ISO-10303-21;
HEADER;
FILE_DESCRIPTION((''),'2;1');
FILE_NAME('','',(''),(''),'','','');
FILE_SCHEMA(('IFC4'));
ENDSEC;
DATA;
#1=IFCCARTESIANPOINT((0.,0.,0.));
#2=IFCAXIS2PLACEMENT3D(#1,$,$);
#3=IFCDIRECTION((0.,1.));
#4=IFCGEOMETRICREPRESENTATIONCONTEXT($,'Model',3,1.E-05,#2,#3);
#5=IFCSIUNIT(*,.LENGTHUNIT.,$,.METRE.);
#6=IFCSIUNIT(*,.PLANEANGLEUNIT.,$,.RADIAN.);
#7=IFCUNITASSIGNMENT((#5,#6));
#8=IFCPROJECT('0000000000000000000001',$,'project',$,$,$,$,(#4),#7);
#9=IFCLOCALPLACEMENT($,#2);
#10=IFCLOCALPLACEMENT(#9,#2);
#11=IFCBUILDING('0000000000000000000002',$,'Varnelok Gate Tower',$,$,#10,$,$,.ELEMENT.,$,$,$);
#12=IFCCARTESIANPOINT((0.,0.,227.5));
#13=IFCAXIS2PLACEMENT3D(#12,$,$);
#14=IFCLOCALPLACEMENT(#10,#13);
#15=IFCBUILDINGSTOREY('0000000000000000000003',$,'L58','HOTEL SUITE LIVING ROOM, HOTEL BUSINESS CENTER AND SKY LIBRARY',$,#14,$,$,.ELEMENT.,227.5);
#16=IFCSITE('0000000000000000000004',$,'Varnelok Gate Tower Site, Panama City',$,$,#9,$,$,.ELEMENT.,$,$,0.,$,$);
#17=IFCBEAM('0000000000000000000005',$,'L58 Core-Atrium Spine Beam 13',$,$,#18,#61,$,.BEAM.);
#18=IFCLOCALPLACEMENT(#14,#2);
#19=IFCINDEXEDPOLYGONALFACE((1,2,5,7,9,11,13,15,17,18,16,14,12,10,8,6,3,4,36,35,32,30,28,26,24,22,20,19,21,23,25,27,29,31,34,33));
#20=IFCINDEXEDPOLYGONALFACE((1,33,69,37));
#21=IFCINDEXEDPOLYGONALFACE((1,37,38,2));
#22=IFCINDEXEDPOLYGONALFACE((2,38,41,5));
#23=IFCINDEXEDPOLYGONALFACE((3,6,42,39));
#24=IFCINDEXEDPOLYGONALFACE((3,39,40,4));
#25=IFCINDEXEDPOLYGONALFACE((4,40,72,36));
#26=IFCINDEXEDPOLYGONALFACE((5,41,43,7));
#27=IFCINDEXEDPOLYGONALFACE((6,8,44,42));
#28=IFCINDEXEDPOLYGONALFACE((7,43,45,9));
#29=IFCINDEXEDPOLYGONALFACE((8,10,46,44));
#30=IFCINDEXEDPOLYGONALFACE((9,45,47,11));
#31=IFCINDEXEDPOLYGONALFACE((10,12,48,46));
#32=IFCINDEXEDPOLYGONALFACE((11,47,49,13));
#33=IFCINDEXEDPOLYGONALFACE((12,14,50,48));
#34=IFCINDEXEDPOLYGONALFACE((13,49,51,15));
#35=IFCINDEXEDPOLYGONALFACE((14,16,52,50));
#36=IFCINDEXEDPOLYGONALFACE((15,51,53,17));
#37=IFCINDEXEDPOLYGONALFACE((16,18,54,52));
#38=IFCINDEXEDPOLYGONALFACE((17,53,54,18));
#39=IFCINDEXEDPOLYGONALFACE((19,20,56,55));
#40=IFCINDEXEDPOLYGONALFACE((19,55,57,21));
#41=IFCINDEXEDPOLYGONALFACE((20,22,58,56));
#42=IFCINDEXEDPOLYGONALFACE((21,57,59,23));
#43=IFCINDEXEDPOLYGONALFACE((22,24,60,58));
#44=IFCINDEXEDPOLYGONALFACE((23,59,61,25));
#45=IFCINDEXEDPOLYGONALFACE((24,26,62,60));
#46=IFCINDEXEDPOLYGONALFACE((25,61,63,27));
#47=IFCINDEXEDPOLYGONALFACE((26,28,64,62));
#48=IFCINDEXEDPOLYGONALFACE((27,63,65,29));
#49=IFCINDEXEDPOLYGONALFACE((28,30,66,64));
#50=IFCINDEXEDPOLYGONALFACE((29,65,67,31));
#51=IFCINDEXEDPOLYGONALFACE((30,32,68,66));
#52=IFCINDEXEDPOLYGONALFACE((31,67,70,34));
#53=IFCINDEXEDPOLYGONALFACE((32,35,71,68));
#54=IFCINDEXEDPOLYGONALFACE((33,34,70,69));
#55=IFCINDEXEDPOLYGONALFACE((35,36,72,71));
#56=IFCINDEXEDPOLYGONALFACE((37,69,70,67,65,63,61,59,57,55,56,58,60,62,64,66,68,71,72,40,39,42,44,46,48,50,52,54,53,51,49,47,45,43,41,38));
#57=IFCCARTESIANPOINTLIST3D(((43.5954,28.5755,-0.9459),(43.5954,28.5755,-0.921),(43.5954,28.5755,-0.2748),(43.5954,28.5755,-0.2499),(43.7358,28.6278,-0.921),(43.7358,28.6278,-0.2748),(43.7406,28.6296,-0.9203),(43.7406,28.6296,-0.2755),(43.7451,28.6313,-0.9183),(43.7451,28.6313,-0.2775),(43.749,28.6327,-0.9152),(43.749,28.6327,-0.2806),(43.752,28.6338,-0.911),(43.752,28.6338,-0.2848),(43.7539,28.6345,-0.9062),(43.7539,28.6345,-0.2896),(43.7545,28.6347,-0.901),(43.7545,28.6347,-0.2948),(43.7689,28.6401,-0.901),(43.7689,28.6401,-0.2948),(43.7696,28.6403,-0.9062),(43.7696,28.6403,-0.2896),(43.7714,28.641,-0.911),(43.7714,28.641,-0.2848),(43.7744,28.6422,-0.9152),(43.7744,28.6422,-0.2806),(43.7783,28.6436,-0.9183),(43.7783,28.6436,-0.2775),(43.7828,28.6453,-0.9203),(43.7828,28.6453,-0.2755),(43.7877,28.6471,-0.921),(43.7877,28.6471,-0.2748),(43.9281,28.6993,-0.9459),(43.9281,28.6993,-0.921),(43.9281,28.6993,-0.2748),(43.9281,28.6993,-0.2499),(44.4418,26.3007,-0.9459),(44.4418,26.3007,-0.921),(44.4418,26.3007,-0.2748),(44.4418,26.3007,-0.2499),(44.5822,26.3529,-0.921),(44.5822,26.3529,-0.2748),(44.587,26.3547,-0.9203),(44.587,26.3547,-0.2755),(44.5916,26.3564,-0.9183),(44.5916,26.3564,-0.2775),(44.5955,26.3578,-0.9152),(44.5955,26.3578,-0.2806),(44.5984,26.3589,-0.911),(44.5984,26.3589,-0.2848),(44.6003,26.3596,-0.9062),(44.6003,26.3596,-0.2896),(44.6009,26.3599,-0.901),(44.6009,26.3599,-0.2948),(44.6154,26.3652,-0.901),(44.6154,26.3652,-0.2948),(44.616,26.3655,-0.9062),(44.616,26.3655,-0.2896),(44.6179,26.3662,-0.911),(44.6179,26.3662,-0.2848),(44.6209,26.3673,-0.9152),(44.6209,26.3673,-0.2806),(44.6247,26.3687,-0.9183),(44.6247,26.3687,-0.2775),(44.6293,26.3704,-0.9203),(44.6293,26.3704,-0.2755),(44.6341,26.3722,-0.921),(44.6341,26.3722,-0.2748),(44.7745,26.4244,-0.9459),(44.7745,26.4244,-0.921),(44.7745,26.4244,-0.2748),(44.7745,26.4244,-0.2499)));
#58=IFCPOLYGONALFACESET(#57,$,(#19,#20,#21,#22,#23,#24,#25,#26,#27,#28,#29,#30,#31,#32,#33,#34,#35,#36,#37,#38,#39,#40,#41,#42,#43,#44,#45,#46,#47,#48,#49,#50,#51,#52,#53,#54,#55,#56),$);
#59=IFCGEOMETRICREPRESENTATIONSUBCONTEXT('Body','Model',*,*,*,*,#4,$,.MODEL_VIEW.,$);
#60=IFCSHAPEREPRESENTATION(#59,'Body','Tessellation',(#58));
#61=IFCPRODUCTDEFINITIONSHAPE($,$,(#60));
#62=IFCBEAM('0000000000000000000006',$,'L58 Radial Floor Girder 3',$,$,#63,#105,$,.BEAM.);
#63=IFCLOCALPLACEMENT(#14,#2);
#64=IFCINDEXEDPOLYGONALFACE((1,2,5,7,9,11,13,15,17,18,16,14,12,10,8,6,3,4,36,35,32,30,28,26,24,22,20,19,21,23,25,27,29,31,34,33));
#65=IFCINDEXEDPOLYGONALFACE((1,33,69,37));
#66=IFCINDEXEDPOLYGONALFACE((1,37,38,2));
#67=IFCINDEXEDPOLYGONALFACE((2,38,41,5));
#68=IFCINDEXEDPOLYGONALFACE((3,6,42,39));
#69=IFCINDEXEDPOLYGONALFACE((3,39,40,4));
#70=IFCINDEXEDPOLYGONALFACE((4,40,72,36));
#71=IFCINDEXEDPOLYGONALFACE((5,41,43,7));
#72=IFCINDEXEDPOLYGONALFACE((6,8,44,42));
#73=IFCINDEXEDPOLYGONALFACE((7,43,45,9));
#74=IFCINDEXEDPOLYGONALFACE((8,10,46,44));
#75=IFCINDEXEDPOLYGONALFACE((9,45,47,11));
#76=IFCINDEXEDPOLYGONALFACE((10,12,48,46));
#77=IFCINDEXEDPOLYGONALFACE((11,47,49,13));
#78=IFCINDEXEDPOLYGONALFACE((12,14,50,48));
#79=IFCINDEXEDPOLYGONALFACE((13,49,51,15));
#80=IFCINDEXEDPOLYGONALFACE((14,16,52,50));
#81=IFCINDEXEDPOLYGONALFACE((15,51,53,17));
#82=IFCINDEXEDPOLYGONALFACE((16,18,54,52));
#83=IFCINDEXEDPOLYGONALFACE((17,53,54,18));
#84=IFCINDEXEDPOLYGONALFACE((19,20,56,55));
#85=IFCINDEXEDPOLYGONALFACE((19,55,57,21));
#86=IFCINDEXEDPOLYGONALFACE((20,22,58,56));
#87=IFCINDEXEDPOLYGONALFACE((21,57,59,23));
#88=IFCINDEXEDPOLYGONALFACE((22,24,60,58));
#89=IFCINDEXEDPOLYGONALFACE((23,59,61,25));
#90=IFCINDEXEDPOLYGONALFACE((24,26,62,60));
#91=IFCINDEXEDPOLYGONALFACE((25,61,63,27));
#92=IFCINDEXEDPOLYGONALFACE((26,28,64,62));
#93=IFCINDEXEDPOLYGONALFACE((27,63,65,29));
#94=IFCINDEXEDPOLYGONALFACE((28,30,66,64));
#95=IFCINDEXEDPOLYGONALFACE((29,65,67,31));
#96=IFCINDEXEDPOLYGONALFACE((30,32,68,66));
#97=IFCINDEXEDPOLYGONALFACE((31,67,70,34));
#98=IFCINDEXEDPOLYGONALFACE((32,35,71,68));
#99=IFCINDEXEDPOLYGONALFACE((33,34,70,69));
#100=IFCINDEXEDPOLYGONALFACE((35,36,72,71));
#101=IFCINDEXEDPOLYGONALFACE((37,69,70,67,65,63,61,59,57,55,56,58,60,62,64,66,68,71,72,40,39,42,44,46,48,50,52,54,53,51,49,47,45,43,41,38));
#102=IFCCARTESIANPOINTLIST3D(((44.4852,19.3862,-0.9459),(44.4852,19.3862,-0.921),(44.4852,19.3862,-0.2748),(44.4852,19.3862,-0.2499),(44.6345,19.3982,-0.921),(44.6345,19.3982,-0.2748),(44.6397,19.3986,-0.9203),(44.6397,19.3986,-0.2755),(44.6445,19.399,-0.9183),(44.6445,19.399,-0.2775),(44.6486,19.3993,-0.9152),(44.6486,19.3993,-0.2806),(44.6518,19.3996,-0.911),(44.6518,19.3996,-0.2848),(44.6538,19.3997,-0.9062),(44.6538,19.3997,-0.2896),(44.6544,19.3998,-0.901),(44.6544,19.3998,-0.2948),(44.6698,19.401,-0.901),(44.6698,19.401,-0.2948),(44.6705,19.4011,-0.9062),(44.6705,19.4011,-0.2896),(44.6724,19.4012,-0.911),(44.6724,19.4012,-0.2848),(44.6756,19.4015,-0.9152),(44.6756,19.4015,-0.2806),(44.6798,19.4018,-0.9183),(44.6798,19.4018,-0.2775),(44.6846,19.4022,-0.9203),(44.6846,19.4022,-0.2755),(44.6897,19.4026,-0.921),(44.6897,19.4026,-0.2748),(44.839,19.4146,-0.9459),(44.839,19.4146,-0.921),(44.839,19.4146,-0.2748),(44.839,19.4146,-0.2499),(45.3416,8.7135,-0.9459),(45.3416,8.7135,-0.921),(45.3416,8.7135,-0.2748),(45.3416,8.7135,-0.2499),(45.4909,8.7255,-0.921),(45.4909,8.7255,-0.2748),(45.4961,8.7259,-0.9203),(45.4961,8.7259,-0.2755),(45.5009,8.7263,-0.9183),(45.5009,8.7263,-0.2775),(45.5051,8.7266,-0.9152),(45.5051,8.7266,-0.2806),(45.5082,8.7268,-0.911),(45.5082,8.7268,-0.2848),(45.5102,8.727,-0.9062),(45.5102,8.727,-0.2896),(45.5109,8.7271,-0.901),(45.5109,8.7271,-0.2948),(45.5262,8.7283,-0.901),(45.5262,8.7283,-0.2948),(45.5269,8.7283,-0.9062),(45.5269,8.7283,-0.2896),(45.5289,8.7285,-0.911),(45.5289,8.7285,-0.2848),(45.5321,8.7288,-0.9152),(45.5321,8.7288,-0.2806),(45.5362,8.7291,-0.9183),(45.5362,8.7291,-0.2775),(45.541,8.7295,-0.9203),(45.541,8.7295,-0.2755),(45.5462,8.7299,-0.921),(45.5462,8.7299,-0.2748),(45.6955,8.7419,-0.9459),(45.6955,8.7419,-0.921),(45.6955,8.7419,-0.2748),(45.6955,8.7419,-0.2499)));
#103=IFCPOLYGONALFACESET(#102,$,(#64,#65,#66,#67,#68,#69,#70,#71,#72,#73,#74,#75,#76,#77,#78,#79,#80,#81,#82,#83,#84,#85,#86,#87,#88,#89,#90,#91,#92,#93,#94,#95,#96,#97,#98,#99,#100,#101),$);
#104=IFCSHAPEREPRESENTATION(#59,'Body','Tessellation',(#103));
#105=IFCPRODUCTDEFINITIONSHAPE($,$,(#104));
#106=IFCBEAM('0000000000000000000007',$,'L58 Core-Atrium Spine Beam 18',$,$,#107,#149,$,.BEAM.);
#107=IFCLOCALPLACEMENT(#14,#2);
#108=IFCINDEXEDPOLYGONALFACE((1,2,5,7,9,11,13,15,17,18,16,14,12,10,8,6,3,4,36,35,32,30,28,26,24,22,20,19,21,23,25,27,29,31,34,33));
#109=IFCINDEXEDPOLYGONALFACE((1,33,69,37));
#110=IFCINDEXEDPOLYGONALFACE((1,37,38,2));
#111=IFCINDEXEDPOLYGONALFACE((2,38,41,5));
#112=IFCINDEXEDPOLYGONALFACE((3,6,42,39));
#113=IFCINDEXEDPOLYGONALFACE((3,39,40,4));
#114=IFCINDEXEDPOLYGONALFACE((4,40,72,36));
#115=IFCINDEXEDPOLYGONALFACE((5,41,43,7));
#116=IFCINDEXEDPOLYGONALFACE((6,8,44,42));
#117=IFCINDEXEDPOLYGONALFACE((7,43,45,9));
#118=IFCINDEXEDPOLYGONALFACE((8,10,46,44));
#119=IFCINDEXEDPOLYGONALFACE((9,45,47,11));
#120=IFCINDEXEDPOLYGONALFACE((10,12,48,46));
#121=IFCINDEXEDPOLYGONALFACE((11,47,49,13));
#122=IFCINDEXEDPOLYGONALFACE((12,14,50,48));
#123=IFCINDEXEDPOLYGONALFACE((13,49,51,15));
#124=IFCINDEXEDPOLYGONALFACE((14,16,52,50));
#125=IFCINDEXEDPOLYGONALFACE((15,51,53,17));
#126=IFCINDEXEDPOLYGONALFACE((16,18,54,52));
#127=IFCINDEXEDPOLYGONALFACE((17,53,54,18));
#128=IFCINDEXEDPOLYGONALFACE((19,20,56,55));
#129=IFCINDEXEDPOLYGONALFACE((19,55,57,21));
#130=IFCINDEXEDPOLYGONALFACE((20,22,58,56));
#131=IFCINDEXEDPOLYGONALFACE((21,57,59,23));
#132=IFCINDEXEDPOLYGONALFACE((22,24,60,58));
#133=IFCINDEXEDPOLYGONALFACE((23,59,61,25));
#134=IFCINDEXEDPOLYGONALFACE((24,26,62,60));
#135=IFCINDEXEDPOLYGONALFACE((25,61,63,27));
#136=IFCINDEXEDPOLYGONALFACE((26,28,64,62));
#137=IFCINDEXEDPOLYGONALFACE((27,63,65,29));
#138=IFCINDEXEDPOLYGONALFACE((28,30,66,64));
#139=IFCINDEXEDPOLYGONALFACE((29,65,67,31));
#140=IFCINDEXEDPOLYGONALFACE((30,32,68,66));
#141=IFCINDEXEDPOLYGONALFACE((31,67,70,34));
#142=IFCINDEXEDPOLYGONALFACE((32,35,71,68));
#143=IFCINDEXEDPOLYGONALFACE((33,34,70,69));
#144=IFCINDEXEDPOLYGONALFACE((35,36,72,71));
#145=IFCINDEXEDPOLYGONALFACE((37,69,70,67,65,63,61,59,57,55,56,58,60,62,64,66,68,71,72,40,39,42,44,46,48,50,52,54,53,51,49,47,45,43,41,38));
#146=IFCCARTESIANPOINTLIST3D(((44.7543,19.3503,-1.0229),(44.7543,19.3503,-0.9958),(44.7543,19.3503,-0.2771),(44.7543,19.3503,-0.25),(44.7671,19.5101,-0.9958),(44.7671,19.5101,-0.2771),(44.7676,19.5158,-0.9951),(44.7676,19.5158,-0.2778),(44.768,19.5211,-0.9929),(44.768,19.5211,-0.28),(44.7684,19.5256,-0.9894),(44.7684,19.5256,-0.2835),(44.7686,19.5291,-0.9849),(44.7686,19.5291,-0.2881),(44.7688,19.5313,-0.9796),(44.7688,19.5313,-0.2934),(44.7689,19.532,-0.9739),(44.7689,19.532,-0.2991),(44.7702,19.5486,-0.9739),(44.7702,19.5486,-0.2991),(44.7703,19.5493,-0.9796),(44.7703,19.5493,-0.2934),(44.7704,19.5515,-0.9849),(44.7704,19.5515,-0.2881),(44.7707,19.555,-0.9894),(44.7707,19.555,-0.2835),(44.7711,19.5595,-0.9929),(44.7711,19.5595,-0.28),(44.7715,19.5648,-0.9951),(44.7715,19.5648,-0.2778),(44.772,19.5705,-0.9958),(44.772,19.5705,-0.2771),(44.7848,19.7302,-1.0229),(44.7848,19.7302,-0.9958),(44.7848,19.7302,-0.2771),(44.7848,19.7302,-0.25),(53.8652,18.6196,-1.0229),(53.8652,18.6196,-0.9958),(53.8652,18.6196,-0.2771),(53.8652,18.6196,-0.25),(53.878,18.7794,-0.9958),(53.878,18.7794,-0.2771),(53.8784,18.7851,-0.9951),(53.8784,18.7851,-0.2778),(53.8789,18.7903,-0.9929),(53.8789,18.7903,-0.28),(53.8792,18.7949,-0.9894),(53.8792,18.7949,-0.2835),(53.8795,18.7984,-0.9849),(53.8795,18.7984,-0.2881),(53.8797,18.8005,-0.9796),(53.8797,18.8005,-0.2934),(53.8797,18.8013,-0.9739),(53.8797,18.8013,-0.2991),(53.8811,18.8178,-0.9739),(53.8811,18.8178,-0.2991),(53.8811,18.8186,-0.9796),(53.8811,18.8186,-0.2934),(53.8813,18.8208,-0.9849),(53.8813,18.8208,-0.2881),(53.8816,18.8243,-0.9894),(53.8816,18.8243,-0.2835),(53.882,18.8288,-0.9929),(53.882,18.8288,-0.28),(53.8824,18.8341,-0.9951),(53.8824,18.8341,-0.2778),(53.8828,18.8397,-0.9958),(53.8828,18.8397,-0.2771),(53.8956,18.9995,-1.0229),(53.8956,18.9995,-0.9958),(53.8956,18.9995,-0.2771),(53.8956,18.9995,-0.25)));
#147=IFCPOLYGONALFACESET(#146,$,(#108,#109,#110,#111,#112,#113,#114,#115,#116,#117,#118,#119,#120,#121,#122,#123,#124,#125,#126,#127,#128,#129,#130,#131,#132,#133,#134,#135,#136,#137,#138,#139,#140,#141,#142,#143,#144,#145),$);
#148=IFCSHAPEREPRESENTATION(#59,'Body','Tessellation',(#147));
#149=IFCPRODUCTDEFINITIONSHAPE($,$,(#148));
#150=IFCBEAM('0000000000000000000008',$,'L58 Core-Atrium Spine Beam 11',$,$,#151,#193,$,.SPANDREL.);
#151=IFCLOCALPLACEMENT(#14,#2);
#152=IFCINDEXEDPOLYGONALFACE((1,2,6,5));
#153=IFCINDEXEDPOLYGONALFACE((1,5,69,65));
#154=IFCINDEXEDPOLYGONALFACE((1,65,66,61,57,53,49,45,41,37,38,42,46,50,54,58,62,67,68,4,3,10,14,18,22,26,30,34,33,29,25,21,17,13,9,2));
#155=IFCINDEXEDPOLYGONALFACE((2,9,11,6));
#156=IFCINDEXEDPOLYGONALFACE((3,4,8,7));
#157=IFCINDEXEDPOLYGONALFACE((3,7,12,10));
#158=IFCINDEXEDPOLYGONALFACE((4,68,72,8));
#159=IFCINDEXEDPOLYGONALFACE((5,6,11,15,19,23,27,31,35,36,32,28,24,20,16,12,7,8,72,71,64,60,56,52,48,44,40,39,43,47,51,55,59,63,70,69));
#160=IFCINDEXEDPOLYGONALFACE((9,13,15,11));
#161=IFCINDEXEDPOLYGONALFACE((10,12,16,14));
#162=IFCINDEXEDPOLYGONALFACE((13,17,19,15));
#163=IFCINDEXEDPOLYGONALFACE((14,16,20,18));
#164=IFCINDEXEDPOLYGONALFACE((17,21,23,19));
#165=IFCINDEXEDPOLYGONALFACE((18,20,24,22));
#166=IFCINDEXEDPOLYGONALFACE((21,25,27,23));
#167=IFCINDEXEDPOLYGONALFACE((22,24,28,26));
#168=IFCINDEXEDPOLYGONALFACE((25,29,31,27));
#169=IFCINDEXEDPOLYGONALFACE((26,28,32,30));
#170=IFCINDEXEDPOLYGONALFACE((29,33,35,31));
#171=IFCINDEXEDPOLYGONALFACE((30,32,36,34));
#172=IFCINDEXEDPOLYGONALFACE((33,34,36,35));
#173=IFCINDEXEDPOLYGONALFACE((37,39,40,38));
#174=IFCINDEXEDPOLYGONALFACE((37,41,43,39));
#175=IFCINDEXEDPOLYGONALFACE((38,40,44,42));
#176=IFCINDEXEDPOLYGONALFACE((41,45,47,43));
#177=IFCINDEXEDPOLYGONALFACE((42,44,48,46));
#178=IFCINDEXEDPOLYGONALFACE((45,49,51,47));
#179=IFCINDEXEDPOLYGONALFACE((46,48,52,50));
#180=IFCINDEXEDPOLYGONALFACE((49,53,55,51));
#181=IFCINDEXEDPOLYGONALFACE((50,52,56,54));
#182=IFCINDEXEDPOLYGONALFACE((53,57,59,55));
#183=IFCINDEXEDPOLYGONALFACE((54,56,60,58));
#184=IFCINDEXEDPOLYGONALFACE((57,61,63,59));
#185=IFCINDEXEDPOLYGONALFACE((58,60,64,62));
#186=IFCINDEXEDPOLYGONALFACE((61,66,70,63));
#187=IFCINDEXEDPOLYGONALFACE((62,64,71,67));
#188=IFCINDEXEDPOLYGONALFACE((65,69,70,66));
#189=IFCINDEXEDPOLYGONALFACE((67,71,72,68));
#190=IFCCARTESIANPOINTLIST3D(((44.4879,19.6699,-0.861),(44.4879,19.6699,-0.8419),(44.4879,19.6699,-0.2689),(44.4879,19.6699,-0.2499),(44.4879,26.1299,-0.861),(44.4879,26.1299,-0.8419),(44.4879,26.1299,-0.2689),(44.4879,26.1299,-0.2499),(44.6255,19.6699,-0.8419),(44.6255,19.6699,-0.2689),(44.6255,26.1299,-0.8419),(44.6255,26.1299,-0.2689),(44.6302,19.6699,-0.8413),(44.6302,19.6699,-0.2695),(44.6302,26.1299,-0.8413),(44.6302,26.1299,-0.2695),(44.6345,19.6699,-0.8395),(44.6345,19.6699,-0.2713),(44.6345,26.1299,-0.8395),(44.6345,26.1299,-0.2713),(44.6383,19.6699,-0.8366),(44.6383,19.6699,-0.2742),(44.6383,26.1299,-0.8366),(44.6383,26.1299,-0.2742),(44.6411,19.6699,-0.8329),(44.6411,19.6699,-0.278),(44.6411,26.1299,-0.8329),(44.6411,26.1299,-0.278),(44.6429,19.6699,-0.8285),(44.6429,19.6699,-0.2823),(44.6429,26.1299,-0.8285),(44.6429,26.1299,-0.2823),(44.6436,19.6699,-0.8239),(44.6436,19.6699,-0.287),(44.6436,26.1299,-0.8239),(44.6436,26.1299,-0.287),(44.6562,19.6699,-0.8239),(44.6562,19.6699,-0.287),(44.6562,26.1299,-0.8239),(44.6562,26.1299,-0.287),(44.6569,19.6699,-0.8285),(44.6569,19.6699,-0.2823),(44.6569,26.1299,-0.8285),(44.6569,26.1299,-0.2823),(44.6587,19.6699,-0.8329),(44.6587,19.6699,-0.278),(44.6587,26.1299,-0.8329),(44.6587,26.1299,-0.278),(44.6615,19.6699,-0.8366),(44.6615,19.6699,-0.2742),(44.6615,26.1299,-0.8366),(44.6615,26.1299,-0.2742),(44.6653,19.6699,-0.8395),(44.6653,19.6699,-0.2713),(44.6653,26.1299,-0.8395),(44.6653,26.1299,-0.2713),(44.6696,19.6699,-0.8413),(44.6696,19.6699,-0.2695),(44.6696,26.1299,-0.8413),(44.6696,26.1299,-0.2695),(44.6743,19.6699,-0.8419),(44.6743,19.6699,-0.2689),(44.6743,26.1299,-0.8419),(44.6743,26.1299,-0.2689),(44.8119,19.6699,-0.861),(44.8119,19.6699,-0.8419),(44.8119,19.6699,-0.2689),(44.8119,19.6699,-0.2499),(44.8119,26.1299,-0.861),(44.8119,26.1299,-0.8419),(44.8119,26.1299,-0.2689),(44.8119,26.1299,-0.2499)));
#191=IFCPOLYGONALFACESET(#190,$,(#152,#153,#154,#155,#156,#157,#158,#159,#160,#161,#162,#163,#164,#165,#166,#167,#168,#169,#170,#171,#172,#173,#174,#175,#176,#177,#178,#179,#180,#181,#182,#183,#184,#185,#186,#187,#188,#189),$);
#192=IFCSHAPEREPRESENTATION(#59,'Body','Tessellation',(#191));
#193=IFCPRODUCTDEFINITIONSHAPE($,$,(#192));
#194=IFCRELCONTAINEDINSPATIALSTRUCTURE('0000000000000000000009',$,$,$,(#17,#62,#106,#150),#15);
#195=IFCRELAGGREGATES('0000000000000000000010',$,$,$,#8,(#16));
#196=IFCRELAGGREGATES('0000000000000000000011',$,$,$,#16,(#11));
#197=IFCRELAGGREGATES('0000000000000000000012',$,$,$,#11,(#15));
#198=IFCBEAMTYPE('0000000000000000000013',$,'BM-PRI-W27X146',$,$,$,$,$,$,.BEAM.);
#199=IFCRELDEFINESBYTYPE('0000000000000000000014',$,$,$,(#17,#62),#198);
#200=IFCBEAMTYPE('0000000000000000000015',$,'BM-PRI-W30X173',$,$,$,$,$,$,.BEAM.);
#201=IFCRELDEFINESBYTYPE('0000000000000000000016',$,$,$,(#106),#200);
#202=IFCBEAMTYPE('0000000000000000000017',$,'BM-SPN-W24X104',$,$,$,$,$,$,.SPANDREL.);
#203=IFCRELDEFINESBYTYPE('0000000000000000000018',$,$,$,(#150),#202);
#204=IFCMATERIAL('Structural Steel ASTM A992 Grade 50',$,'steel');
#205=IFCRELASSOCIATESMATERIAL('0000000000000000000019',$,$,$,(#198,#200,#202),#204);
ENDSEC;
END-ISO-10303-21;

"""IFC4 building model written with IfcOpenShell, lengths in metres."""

from ifc_helpers import new_model, si_unit, direction, frame, origin, origin_2d, place, context, subcontext, project, spatial, i_section, extrude, material, material_profile, profile_set, type_object, element, save


model = new_model("IFC4")

# Units and contexts
model_context = context("Model", 3, precision=1e-05, world=origin(), true_north=direction((0.0, 1.0)))
body_context = subcontext(model_context, "Body", "Model", "MODEL_VIEW")
ifc_project = project(units=[si_unit("LENGTHUNIT", "METRE"), si_unit("PLANEANGLEUNIT", "RADIAN")], contexts=[model_context])

# Site, building, storey
site_placement = place(None, origin())
site = spatial("IfcSite", under=ifc_project, at=site_placement, Name="Varnelok Gate Tower Site, Panama City", CompositionType="ELEMENT", RefElevation=0.0)
building_placement = place(site_placement, origin())
building = spatial("IfcBuilding", under=site, at=building_placement, Name="Varnelok Gate Tower", CompositionType="ELEMENT")
storey_placement = place(building_placement, frame((0.0, 0.0, 227.5)))
storey = spatial("IfcBuildingStorey", under=building, at=storey_placement, Name="L58", Description="HOTEL SUITE LIVING ROOM, HOTEL BUSINESS CENTER AND SKY LIBRARY", CompositionType="ELEMENT", Elevation=227.5)

# Shared definitions
ifc_material_1 = material(Name="Structural Steel ASTM A992 Grade 50", Category="steel")

# Beams
ifc_material_profile_1 = material_profile(ifc_material_1, i_section(OverallWidth=0.355, OverallDepth=0.696, WebThickness=0.0154, FlangeThickness=0.0249, FilletRadius=0.02, at=origin_2d()), Name="W27X146")
ifc_profile_set_1 = profile_set([ifc_material_profile_1], Name="Structural Steel ASTM A992 Grade 50")
beam_type_1 = type_object("IfcBeamType", Name="BM-PRI-W27X146", PredefinedType="BEAM", material=ifc_profile_set_1)
beam_1_placement = place(storey_placement, frame((44.6082, 26.3625, -0.5979), z_axis=(-0.348719, 0.937227, 0.0), x_axis=(-0.937227, -0.348719, 0.0)))
element("IfcBeam", 1, at=beam_1_placement, inside=storey, type_object=beam_type_1, Name="L58 Core-Atrium Spine Beam 13", PredefinedType="BEAM", context=body_context, shape_type="SweptSolid", body=[
    extrude(i_section(OverallWidth=0.355, OverallDepth=0.696, WebThickness=0.0154, FlangeThickness=0.0249, FilletRadius=0.02, at=origin_2d()), origin(), (0.0, 0.0, 1.0), 2.4272),
])
beam_2_placement = place(storey_placement, frame((44.6621, 19.4004, -0.5979), z_axis=(0.07999, -0.996796, 0.0), x_axis=(0.996796, 0.07999, 0.0)))
element("IfcBeam", 2, at=beam_2_placement, inside=storey, type_object=beam_type_1, Name="L58 Radial Floor Girder 3", PredefinedType="BEAM", context=body_context, shape_type="SweptSolid", body=[
    extrude(i_section(OverallWidth=0.355, OverallDepth=0.696, WebThickness=0.0154, FlangeThickness=0.0249, FilletRadius=0.02, at=origin_2d()), origin(), (0.0, 0.0, 1.0), 10.707),
])
ifc_material_profile_2 = material_profile(ifc_material_1, i_section(OverallWidth=0.3811, OverallDepth=0.7729, WebThickness=0.0166, FlangeThickness=0.0271, FilletRadius=0.022, at=origin_2d()), Name="W30X173")
ifc_profile_set_2 = profile_set([ifc_material_profile_2], Name="Structural Steel ASTM A992 Grade 50")
beam_type_2 = type_object("IfcBeamType", Name="BM-PRI-W30X173", PredefinedType="BEAM", material=ifc_profile_set_2)
beam_3_placement = place(storey_placement, frame((44.7695, 19.5403, -0.6365), z_axis=(0.996799, -0.079946, 0.0), x_axis=(0.079946, 0.996799, 0.0)))
element("IfcBeam", 3, at=beam_3_placement, inside=storey, type_object=beam_type_2, Name="L58 Core-Atrium Spine Beam 18", PredefinedType="BEAM", context=body_context, shape_type="SweptSolid", body=[
    extrude(i_section(OverallWidth=0.3811, OverallDepth=0.7729, WebThickness=0.0166, FlangeThickness=0.0271, FilletRadius=0.022, at=origin_2d()), origin(), (0.0, 0.0, 1.0), 9.1401),
])
ifc_material_profile_3 = material_profile(ifc_material_1, i_section(OverallWidth=0.324, OverallDepth=0.6111, WebThickness=0.0127, FlangeThickness=0.019, FilletRadius=0.0181, at=origin_2d()), Name="W24X104")
ifc_profile_set_3 = profile_set([ifc_material_profile_3], Name="Structural Steel ASTM A992 Grade 50")
beam_type_3 = type_object("IfcBeamType", Name="BM-SPN-W24X104", PredefinedType="SPANDREL", material=ifc_profile_set_3)
beam_4_placement = place(storey_placement, frame((44.6499, 19.6699, -0.5554), z_axis=(0.0, 1.0, 0.0), x_axis=(-1.0, 0.0, 0.0)))
element("IfcBeam", 4, at=beam_4_placement, inside=storey, type_object=beam_type_3, Name="L58 Core-Atrium Spine Beam 11", PredefinedType="SPANDREL", context=body_context, shape_type="SweptSolid", body=[
    extrude(i_section(OverallWidth=0.324, OverallDepth=0.6111, WebThickness=0.0127, FlangeThickness=0.019, FilletRadius=0.0181, at=origin_2d()), origin(), (0.0, 0.0, 1.0), 6.46),
])

save(model, "model.ifc")
